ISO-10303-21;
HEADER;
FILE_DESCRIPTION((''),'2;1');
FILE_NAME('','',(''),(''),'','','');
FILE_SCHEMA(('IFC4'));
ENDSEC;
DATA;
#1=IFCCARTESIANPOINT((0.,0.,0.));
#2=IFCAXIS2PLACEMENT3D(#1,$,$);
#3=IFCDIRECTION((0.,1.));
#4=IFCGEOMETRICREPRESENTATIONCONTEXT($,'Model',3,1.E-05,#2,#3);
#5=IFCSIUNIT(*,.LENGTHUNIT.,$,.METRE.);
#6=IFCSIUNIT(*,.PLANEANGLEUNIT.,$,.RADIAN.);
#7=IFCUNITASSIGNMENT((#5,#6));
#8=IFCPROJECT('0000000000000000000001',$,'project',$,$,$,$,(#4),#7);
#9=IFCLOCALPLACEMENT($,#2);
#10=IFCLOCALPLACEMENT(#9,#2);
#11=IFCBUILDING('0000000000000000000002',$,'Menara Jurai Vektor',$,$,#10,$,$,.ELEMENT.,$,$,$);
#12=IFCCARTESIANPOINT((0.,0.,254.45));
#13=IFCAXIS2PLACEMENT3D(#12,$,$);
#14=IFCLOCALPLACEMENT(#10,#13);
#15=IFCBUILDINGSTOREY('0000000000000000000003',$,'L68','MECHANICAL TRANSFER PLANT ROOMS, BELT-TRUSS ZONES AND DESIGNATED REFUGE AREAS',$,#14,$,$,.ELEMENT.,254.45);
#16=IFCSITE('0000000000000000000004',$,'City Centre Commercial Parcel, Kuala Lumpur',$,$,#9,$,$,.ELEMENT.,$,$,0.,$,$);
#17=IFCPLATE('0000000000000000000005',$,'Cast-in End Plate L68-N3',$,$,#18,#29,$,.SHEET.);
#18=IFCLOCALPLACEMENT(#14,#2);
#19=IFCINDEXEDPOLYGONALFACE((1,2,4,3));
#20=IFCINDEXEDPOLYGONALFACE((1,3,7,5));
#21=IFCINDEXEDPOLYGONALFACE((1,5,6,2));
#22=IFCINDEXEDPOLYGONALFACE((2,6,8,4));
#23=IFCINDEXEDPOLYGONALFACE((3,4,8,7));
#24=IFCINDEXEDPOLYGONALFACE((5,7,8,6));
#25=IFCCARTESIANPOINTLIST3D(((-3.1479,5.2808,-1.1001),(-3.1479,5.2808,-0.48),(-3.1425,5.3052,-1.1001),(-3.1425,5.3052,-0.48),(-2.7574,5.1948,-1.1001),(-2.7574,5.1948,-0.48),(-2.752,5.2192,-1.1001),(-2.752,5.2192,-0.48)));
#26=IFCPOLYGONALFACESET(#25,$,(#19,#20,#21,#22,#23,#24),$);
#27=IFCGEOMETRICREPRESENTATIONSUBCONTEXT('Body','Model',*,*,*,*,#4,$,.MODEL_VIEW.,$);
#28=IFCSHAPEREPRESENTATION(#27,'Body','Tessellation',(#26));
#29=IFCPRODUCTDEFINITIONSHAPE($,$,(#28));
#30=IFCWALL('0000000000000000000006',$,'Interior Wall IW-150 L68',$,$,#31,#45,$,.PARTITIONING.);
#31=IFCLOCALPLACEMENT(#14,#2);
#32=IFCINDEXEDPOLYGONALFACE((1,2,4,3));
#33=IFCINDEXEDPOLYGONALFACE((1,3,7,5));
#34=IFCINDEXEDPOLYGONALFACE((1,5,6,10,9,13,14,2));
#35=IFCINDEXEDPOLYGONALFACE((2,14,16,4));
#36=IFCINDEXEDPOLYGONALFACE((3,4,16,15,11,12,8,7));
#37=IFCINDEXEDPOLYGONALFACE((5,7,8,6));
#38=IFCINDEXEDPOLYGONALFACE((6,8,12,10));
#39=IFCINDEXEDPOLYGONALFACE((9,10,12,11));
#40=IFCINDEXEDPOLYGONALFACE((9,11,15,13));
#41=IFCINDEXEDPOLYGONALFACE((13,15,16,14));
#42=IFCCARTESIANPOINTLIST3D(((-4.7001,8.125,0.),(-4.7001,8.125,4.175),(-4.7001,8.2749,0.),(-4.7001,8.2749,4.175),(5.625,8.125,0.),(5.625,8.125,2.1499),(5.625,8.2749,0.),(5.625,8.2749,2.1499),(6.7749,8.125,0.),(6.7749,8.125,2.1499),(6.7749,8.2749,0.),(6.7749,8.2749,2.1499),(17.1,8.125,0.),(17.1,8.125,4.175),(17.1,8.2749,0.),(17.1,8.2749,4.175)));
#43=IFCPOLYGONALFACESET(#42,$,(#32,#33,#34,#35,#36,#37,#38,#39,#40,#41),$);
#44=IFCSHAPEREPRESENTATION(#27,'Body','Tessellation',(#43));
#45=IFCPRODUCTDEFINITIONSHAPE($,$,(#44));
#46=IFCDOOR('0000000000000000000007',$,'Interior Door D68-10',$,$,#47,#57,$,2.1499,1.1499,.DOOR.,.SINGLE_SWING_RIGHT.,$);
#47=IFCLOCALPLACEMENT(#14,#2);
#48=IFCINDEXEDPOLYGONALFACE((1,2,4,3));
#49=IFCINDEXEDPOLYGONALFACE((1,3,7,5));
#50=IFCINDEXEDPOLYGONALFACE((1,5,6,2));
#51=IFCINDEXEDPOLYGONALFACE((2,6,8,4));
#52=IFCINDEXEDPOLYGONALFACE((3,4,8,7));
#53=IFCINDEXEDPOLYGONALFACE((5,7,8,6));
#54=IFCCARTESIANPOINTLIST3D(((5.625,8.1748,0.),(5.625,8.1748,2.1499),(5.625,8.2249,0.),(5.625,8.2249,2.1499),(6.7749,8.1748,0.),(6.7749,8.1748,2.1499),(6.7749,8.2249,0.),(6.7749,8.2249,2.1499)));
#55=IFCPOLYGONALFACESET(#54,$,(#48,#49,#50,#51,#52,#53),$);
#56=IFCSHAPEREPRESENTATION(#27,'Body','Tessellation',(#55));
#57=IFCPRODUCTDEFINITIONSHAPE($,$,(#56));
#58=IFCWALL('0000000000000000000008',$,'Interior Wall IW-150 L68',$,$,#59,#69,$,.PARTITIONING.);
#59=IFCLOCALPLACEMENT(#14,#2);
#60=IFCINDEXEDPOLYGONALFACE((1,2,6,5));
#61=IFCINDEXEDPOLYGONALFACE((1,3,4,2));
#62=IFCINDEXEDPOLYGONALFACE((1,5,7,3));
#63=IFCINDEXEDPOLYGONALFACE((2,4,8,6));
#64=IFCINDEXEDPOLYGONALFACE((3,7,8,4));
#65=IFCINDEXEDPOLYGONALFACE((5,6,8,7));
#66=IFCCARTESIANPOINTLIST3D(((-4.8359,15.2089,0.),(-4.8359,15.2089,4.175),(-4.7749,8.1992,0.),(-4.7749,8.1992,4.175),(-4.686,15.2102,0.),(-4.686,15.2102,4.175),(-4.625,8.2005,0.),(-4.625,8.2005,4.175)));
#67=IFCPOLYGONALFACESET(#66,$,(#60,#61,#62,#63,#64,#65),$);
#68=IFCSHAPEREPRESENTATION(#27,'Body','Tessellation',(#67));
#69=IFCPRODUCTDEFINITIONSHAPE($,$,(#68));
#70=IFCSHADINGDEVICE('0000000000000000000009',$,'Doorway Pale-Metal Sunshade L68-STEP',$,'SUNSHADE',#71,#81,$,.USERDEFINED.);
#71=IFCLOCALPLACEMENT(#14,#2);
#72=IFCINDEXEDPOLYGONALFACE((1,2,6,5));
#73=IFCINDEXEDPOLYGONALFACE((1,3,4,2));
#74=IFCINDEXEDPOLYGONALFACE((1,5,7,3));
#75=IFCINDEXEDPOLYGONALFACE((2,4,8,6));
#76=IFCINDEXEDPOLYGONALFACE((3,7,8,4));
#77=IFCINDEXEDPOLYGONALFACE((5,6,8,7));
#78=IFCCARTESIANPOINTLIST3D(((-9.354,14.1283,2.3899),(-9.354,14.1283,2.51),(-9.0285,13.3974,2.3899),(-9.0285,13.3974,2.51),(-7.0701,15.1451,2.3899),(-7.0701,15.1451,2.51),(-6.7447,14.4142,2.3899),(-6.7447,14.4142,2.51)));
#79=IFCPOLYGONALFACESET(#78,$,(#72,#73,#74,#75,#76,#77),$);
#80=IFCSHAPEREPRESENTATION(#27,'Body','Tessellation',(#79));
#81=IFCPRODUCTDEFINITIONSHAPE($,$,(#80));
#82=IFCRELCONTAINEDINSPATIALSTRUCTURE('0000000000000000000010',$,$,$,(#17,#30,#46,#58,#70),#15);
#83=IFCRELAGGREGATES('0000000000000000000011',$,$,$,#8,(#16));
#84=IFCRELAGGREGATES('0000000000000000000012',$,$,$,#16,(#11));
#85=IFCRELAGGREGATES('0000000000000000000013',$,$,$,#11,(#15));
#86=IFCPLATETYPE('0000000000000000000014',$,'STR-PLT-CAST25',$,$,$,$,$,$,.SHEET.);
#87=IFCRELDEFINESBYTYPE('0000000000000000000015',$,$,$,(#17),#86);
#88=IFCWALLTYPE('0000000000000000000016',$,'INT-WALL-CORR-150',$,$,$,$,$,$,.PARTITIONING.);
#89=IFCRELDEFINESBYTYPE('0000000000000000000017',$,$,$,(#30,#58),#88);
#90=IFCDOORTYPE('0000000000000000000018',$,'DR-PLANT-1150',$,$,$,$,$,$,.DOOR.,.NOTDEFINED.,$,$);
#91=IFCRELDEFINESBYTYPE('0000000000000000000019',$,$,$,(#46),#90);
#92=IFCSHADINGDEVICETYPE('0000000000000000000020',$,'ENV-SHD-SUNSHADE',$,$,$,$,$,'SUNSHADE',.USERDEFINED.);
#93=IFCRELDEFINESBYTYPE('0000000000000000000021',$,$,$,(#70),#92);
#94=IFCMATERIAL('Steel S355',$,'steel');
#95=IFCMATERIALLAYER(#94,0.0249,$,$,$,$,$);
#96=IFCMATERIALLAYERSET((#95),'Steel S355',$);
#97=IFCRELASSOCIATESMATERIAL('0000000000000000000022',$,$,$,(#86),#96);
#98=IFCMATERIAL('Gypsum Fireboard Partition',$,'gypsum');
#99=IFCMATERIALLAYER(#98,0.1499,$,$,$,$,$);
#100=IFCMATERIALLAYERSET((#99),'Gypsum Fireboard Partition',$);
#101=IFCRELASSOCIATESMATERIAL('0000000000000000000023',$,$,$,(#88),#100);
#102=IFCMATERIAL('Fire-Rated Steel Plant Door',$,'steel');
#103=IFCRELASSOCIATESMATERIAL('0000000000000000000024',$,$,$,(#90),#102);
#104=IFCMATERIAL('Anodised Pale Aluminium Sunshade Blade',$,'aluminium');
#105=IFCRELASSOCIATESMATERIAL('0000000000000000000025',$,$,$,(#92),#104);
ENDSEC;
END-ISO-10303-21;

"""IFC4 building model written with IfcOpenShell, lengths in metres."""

from ifc_helpers import new_model, si_unit, direction, frame, frame_2d, origin, origin_2d, place, context, subcontext, project, spatial, rectangle, extrude, material, layer, layer_set, type_object, element, fill, save


model = new_model("IFC4")

# Units and contexts
model_context = context("Model", 3, precision=1e-05, world=origin(), true_north=direction((0.0, 1.0)))
body_context = subcontext(model_context, "Body", "Model", "MODEL_VIEW")
ifc_project = project(units=[si_unit("LENGTHUNIT", "METRE"), si_unit("PLANEANGLEUNIT", "RADIAN")], contexts=[model_context])

# Site, building, storey
site_placement = place(None, origin())
site = spatial("IfcSite", under=ifc_project, at=site_placement, Name="City Centre Commercial Parcel, Kuala Lumpur", CompositionType="ELEMENT", RefElevation=0.0)
building_placement = place(site_placement, origin())
building = spatial("IfcBuilding", under=site, at=building_placement, Name="Menara Jurai Vektor", CompositionType="ELEMENT")
storey_placement = place(building_placement, frame((0.0, 0.0, 254.45)))
storey = spatial("IfcBuildingStorey", under=building, at=storey_placement, Name="L68", Description="MECHANICAL TRANSFER PLANT ROOMS, BELT-TRUSS ZONES AND DESIGNATED REFUGE AREAS", CompositionType="ELEMENT", Elevation=254.45)

# Shared definitions
ifc_material_1 = material(Name="Steel S355", Category="steel")

# Plate
ifc_layer_1 = layer(ifc_material_1, 0.0249)
ifc_layer_set_1 = layer_set([ifc_layer_1], Name="Steel S355")
plate_type = type_object("IfcPlateType", Name="STR-PLT-CAST25", PredefinedType="SHEET", material=ifc_layer_set_1)
plate_placement = place(storey_placement, frame((-2.95, 5.25, -1.1001), z_axis=(0.0, 0.0, 1.0), x_axis=(0.976597, -0.215076, 0.0)))
element("IfcPlate", 1, at=plate_placement, inside=storey, type_object=plate_type, Name="Cast-in End Plate L68-N3", PredefinedType="SHEET", context=body_context, shape_type="SweptSolid", body=[
    extrude(rectangle(XDim=0.3999, YDim=0.0249, at=origin_2d()), origin(), (0.0, 0.0, 1.0), 0.6201),
])

# Wall, opening, door
ifc_material_2 = material(Name="Gypsum Fireboard Partition", Category="gypsum")
ifc_layer_2 = layer(ifc_material_2, 0.1499)
ifc_layer_set_2 = layer_set([ifc_layer_2], Name="Gypsum Fireboard Partition")
wall_type = type_object("IfcWallType", Name="INT-WALL-CORR-150", PredefinedType="PARTITIONING", material=ifc_layer_set_2)
wall_1_placement = place(storey_placement, frame((-4.7, 8.2, 0.0), z_axis=(0.0, 0.0, 1.0), x_axis=(1.0, 0.0, 0.0)))
wall_1 = element("IfcWall", 2, at=wall_1_placement, inside=storey, type_object=wall_type, Name="Interior Wall IW-150 L68", PredefinedType="PARTITIONING", context=body_context, shape_type="SweptSolid", body=[
    extrude(rectangle(XDim=21.8, YDim=0.1499, at=frame_2d((10.8999, 0.0))), origin(), (0.0, 0.0, 1.0), 4.175),
])
opening_placement = place(wall_1_placement, frame((10.325, 0.0, 0.0)))
opening = element("IfcOpeningElement", 3, at=opening_placement, cuts=wall_1, PredefinedType="OPENING", context=body_context, shape_type="SweptSolid", body=[
    extrude(rectangle(XDim=1.1499, YDim=2.1499, at=frame_2d((0.575, 1.075))), frame((0.0, 0.085, 0.0), z_axis=(0.0, -1.0, 0.0), x_axis=(1.0, 0.0, 0.0)), (0.0, 0.0, 1.0), 0.1699),
])
ifc_material_3 = material(Name="Fire-Rated Steel Plant Door", Category="steel")
door_type = type_object("IfcDoorType", Name="DR-PLANT-1150", OperationType="NOTDEFINED", PredefinedType="DOOR", material=ifc_material_3)
door_placement = place(opening_placement, origin())
door = element("IfcDoor", 4, at=door_placement, inside=storey, type_object=door_type, Name="Interior Door D68-10", OperationType="SINGLE_SWING_RIGHT", OverallHeight=2.1499, OverallWidth=1.1499, PredefinedType="DOOR", context=body_context, shape_type="SweptSolid", body=[
    extrude(rectangle(XDim=1.1499, YDim=2.1499, at=frame_2d((0.575, 1.075))), frame((0.0, 0.0249, 0.0), z_axis=(0.0, -1.0, 0.0), x_axis=(1.0, 0.0, 0.0)), (0.0, 0.0, 1.0), 0.05),
])
fill(opening, door)

# Wall
wall_2_placement = place(storey_placement, frame((-4.7, 8.2, 0.0), z_axis=(0.0, 0.0, 1.0), x_axis=(-0.008707, 0.999962, 0.0)))
element("IfcWall", 5, at=wall_2_placement, inside=storey, type_object=wall_type, Name="Interior Wall IW-150 L68", PredefinedType="PARTITIONING", context=body_context, shape_type="SweptSolid", body=[
    extrude(rectangle(XDim=7.01, YDim=0.1499, at=frame_2d((3.5049, 0.0))), origin(), (0.0, 0.0, 1.0), 4.175),
])

# Shading device
ifc_material_4 = material(Name="Anodised Pale Aluminium Sunshade Blade", Category="aluminium")
shading_device_type = type_object("IfcShadingDeviceType", Name="ENV-SHD-SUNSHADE", ElementType="SUNSHADE", PredefinedType="USERDEFINED", material=ifc_material_4)
shading_device_placement = place(storey_placement, frame((-8.0493, 14.2712, 2.3899), z_axis=(0.0, 0.0, 1.0), x_axis=(-0.913545, -0.406737, 0.0)))
element("IfcShadingDevice", 6, at=shading_device_placement, inside=storey, type_object=shading_device_type, Name="Doorway Pale-Metal Sunshade L68-STEP", ObjectType="SUNSHADE", PredefinedType="USERDEFINED", context=body_context, shape_type="SweptSolid", body=[
    extrude(rectangle(XDim=2.5, YDim=0.8, at=origin_2d()), origin(), (0.0, 0.0, 1.0), 0.1201),
])

save(model, "model.ifc")
